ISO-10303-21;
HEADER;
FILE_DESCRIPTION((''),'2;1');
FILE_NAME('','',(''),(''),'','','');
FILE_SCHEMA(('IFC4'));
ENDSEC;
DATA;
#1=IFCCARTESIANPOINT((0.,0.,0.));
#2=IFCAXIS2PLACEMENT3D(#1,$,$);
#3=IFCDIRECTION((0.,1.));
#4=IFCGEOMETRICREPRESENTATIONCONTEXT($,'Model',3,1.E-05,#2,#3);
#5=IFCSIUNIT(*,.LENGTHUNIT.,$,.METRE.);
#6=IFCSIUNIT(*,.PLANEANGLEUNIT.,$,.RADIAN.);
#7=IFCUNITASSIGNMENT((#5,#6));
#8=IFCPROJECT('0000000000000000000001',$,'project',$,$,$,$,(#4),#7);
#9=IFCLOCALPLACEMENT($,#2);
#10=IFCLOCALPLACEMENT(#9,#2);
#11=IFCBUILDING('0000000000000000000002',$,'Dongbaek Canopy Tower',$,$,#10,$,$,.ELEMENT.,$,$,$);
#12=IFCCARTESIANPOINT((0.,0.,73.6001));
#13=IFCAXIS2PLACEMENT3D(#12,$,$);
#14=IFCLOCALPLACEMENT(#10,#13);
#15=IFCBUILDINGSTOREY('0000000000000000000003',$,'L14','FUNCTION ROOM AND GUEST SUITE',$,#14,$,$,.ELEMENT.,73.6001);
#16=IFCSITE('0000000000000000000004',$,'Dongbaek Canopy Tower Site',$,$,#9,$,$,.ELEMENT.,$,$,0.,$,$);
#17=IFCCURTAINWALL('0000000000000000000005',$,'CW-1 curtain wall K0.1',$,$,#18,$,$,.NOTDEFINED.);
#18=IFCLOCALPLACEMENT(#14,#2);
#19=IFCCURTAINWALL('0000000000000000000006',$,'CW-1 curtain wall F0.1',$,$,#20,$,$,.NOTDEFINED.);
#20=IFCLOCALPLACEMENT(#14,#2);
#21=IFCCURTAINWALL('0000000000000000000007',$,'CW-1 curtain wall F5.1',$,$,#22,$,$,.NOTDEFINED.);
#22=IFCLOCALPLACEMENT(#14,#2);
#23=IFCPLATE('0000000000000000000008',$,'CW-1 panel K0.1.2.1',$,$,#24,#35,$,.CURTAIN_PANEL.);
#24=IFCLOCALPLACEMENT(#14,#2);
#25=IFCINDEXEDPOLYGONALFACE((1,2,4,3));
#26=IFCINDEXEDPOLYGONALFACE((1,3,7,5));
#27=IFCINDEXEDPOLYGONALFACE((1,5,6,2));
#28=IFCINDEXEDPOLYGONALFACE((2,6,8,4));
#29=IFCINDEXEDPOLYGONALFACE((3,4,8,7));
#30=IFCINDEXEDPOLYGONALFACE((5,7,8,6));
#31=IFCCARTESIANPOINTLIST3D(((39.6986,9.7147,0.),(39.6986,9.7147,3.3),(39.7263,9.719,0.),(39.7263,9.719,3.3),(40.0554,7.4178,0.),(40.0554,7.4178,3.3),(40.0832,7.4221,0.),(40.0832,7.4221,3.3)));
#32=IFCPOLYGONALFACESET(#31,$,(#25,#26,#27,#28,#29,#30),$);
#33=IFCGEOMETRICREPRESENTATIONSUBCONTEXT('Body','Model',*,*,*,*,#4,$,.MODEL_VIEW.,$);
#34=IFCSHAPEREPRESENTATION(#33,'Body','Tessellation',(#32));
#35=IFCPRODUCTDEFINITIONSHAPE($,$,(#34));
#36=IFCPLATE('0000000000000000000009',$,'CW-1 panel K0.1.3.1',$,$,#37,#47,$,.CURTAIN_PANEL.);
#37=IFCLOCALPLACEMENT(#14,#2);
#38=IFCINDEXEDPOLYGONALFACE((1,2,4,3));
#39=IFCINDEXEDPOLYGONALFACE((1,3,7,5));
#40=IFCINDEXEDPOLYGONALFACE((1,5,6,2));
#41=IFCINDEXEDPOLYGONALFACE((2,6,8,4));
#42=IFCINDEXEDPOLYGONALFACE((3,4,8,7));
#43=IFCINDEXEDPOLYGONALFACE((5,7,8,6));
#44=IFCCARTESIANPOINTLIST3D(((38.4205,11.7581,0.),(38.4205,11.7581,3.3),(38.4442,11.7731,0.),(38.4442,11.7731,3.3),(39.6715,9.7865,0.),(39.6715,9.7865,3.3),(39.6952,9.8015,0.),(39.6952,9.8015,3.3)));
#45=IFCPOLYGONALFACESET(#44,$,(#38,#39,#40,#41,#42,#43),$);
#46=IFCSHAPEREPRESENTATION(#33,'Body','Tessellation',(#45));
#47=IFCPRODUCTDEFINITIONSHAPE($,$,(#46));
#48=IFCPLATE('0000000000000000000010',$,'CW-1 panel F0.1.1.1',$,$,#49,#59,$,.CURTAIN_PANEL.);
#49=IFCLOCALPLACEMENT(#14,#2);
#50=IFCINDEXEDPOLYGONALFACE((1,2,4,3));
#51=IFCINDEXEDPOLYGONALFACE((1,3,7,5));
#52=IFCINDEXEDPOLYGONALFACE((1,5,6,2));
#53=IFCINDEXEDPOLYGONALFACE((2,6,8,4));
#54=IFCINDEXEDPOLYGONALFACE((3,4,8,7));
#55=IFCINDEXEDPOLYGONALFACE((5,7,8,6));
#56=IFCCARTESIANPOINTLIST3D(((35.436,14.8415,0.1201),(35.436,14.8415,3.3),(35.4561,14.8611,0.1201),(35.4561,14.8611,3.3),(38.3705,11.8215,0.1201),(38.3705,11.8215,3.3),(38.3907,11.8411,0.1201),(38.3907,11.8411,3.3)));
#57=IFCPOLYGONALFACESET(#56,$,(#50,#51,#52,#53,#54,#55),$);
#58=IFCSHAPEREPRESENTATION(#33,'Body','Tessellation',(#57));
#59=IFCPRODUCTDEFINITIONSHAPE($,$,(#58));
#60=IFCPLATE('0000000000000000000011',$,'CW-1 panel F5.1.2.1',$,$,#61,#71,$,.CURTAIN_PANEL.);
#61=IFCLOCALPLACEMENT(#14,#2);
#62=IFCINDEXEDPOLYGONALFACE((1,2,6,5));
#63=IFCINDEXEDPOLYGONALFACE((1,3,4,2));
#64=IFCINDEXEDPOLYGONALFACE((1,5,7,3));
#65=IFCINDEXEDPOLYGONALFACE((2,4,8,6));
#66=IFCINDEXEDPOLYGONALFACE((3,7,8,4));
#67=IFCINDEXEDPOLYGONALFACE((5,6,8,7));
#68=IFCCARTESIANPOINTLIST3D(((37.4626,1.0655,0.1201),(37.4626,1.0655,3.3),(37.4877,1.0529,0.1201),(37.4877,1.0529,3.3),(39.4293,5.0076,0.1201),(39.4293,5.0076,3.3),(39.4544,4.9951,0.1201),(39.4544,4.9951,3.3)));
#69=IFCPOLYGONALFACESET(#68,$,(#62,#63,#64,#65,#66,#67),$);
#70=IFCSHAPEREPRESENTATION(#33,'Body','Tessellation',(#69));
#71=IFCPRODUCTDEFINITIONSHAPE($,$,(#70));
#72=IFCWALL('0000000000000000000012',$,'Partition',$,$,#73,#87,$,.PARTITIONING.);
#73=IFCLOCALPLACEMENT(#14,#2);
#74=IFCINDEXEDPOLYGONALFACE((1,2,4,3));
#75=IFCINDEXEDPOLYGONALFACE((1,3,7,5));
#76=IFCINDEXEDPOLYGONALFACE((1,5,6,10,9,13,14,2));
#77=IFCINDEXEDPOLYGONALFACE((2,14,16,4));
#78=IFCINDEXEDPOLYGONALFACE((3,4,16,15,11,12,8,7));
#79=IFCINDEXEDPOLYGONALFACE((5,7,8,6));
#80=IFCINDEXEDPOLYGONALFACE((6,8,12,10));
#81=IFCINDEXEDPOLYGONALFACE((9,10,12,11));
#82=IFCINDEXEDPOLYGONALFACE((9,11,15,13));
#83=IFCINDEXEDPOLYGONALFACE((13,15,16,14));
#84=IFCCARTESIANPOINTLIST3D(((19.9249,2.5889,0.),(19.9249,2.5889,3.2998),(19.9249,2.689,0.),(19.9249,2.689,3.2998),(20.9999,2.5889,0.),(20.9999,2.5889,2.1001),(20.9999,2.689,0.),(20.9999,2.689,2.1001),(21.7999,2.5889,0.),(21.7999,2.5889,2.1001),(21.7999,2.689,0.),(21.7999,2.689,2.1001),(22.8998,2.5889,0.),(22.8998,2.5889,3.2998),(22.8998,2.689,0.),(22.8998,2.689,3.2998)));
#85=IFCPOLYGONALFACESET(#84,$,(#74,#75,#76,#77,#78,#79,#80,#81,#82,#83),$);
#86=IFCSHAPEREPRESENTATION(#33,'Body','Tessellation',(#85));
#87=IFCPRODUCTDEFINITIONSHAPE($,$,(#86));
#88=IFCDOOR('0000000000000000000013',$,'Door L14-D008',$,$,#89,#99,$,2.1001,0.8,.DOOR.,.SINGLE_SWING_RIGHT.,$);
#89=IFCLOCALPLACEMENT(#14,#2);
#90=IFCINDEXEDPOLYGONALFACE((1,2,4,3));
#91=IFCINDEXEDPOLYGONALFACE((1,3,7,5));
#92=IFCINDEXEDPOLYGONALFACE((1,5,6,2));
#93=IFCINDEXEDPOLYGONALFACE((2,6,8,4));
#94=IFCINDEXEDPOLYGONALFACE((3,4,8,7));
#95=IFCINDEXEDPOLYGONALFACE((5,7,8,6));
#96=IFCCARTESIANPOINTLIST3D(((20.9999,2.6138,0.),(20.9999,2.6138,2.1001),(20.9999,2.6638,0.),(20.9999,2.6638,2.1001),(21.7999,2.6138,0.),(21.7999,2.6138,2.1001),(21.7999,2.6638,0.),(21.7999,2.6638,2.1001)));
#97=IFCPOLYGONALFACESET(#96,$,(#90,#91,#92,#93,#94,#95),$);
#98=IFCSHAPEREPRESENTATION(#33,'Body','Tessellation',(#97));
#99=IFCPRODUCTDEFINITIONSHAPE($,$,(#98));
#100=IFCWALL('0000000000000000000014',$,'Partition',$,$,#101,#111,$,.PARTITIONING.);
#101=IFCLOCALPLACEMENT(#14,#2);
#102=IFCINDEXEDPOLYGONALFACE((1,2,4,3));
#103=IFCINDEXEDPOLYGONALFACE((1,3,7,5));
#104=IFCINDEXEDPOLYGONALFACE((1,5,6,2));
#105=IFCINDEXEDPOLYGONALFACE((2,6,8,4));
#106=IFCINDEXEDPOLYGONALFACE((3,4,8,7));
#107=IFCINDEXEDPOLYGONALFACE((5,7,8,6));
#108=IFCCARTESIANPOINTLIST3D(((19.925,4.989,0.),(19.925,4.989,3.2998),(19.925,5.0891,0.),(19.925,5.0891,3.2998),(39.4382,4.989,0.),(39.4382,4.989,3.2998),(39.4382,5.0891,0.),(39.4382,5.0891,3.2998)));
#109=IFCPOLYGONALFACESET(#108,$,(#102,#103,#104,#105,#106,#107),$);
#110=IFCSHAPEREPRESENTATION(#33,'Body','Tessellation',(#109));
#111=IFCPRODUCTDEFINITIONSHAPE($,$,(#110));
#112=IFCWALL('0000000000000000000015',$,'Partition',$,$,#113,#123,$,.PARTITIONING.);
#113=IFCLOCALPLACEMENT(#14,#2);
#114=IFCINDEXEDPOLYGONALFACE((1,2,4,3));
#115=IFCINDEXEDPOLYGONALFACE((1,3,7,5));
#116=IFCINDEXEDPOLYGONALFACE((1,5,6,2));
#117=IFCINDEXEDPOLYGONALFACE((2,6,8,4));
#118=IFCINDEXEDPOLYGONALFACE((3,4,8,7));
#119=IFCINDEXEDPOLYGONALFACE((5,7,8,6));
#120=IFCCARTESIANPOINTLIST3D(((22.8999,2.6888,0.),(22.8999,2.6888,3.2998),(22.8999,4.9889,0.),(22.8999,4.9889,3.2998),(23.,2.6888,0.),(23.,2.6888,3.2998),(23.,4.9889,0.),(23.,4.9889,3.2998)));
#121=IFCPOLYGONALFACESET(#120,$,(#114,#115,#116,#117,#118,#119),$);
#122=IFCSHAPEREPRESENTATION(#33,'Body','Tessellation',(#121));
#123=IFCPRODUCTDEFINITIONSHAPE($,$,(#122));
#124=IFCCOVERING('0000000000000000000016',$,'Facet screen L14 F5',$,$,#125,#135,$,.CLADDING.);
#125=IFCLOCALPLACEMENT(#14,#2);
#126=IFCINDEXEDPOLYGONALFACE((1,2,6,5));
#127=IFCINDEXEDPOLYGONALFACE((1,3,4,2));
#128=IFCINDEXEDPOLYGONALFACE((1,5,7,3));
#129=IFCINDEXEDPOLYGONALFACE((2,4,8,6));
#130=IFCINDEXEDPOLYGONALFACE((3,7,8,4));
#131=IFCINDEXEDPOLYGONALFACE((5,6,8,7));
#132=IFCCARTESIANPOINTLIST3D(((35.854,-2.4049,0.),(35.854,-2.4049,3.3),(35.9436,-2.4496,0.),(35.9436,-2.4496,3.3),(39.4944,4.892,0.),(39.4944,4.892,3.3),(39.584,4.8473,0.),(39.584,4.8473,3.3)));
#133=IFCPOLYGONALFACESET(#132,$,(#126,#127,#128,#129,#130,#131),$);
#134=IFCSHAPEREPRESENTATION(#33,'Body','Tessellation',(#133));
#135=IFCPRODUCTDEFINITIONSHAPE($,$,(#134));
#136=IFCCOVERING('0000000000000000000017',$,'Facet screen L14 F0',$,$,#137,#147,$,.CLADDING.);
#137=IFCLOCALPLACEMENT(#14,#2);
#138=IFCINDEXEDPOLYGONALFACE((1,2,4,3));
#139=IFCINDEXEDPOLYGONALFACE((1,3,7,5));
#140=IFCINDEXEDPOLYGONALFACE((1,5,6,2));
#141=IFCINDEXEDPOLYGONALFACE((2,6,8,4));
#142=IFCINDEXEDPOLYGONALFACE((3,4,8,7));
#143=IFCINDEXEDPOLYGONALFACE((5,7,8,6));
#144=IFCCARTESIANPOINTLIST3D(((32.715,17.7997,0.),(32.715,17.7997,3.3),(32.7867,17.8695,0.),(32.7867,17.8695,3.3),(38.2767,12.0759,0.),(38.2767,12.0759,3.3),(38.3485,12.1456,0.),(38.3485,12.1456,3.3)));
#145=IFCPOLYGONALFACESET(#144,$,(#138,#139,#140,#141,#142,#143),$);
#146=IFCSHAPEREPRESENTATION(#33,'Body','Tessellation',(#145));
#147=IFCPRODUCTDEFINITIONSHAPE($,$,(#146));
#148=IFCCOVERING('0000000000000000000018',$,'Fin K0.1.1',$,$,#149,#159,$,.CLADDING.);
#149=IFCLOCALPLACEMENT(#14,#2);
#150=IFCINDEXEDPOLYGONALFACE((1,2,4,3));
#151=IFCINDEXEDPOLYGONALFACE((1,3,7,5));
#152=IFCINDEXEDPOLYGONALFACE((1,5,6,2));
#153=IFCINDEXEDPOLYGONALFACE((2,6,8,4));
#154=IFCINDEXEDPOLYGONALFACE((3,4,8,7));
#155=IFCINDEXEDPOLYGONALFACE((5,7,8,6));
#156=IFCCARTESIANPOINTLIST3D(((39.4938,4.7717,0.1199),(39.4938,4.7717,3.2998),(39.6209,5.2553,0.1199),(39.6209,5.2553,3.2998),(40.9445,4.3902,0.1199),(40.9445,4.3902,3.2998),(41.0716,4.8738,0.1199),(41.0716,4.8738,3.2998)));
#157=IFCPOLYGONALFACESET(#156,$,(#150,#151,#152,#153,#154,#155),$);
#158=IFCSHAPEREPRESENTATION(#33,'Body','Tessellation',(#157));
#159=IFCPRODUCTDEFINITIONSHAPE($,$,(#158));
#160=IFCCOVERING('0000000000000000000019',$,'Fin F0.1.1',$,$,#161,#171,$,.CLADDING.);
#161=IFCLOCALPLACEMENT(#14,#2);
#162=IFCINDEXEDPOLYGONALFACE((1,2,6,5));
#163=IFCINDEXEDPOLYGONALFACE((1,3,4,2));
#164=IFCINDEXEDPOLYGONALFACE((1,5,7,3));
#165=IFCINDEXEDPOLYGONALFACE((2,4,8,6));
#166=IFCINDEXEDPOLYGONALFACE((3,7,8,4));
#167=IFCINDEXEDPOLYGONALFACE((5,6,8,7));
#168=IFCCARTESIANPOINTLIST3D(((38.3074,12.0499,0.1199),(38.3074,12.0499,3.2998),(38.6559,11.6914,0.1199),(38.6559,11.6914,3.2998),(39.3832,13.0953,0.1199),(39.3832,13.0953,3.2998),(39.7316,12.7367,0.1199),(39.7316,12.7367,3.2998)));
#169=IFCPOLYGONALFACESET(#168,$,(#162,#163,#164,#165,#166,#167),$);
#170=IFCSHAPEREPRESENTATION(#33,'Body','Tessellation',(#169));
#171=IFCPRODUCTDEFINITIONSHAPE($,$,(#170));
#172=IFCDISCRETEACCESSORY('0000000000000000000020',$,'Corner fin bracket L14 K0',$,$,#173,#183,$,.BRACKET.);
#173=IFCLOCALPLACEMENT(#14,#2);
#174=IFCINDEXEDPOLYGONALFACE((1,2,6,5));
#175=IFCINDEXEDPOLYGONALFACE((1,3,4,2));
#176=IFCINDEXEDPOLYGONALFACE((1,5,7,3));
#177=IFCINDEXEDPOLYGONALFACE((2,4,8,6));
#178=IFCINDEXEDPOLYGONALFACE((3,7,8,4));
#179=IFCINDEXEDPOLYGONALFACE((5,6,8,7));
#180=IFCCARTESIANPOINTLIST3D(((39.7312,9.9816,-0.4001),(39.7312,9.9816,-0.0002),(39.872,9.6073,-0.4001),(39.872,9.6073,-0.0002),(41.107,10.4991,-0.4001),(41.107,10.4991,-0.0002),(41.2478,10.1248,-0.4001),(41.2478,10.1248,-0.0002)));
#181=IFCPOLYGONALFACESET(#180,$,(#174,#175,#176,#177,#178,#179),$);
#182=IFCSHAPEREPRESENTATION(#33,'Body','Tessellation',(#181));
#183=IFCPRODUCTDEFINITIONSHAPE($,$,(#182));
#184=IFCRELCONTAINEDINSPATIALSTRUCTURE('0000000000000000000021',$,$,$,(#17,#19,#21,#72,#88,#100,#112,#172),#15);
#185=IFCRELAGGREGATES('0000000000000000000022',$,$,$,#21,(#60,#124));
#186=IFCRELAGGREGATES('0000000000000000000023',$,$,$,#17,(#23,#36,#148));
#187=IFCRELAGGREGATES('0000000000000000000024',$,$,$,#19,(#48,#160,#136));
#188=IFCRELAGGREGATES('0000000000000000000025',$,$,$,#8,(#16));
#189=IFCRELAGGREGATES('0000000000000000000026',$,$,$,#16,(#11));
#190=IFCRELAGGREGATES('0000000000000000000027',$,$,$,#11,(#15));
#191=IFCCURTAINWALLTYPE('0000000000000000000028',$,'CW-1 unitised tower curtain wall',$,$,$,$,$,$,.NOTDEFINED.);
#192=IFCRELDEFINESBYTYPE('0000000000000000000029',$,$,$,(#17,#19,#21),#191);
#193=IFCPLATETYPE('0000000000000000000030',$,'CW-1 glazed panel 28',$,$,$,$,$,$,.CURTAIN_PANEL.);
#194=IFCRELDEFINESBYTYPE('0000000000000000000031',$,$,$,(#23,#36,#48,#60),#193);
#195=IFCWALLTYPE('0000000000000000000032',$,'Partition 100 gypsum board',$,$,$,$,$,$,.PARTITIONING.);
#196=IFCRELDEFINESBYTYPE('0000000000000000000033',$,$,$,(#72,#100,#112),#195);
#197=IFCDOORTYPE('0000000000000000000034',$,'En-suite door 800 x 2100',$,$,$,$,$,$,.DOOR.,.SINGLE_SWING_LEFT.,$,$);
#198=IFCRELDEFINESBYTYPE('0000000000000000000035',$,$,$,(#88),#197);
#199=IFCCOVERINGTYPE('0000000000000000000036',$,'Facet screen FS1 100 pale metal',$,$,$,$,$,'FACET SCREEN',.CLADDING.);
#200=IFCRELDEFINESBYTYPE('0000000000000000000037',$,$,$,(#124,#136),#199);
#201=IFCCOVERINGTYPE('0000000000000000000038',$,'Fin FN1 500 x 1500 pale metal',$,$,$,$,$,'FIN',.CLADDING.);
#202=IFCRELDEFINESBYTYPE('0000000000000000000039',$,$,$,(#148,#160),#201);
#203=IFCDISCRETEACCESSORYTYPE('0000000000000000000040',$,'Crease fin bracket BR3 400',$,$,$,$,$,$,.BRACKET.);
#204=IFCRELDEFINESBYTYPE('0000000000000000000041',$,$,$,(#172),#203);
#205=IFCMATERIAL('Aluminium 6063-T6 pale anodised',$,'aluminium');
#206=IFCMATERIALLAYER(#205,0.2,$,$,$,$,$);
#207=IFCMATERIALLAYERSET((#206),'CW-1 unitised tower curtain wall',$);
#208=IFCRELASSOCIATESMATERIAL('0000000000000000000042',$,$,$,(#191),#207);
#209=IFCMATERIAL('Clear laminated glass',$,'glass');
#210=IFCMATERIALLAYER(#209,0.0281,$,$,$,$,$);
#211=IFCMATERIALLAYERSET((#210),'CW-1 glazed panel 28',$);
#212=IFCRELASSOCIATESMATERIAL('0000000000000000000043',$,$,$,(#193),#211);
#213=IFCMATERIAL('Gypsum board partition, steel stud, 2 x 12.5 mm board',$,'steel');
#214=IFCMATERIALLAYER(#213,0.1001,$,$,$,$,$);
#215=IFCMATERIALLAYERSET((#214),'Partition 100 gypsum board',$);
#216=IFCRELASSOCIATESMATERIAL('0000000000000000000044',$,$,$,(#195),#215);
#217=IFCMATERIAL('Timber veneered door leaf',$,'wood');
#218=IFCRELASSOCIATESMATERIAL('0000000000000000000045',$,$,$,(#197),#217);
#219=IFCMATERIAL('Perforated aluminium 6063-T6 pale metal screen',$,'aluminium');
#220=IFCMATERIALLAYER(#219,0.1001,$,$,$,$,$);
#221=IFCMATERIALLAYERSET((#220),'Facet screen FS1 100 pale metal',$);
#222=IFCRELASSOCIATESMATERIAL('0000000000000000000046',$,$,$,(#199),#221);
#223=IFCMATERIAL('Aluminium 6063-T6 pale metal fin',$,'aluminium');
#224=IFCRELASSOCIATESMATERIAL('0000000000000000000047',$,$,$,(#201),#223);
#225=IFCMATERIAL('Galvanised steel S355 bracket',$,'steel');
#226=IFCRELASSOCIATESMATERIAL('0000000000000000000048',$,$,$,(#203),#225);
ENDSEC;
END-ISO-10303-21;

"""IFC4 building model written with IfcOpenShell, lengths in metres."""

from ifc_helpers import new_model, si_unit, direction, frame, frame_2d, origin, origin_2d, place, context, subcontext, project, spatial, rectangle, extrude, material, layer, layer_set, material_profile, profile_set, type_object, element, fill, aggregate, save


model = new_model("IFC4")

# Units and contexts
model_context = context("Model", 3, precision=1e-05, world=origin(), true_north=direction((0.0, 1.0)))
body_context = subcontext(model_context, "Body", "Model", "MODEL_VIEW")
ifc_project = project(units=[si_unit("LENGTHUNIT", "METRE"), si_unit("PLANEANGLEUNIT", "RADIAN")], contexts=[model_context])

# Site, building, storey
site_placement = place(None, origin())
site = spatial("IfcSite", under=ifc_project, at=site_placement, Name="Dongbaek Canopy Tower Site", CompositionType="ELEMENT", RefElevation=0.0)
building_placement = place(site_placement, origin())
building = spatial("IfcBuilding", under=site, at=building_placement, Name="Dongbaek Canopy Tower", CompositionType="ELEMENT")
storey_placement = place(building_placement, frame((0.0, 0.0, 73.6001)))
storey = spatial("IfcBuildingStorey", under=building, at=storey_placement, Name="L14", Description="FUNCTION ROOM AND GUEST SUITE", CompositionType="ELEMENT", Elevation=73.6001)

# Curtain wall
ifc_material_1 = material(Name="Aluminium 6063-T6 pale anodised", Category="aluminium")
ifc_layer_1 = layer(ifc_material_1, 0.2)
ifc_layer_set_1 = layer_set([ifc_layer_1], Name="CW-1 unitised tower curtain wall")
curtain_wall_type = type_object("IfcCurtainWallType", Name="CW-1 unitised tower curtain wall", PredefinedType="NOTDEFINED", material=ifc_layer_set_1)
curtain_wall_1_placement = place(storey_placement, origin())
curtain_wall_1 = element("IfcCurtainWall", 1, at=curtain_wall_1_placement, inside=storey, type_object=curtain_wall_type, Name="CW-1 curtain wall K0.1", PredefinedType="NOTDEFINED")

# Curtain walls
curtain_wall_2_placement = place(storey_placement, origin())
curtain_wall_2 = element("IfcCurtainWall", 2, at=curtain_wall_2_placement, inside=storey, type_object=curtain_wall_type, Name="CW-1 curtain wall F0.1", PredefinedType="NOTDEFINED")
curtain_wall_3_placement = place(storey_placement, origin())
curtain_wall_3 = element("IfcCurtainWall", 3, at=curtain_wall_3_placement, inside=storey, type_object=curtain_wall_type, Name="CW-1 curtain wall F5.1", PredefinedType="NOTDEFINED")

# Plates
ifc_material_2 = material(Name="Clear laminated glass", Category="glass")
ifc_layer_2 = layer(ifc_material_2, 0.0281)
ifc_layer_set_2 = layer_set([ifc_layer_2], Name="CW-1 glazed panel 28")
plate_type = type_object("IfcPlateType", Name="CW-1 glazed panel 28", PredefinedType="CURTAIN_PANEL", material=ifc_layer_set_2)
plate_1_placement = place(storey_placement, frame((39.8909, 8.5684, 0.0), z_axis=(0.0, 0.0, 1.0), x_axis=(-0.15353, 0.988144, 0.0)))
plate_1 = element("IfcPlate", 4, at=plate_1_placement, type_object=plate_type, Name="CW-1 panel K0.1.2.1", PredefinedType="CURTAIN_PANEL", context=body_context, shape_type="SweptSolid", body=[
    extrude(rectangle(XDim=2.3245, YDim=0.0281, at=origin_2d()), origin(), (0.0, 0.0, 1.0), 3.3),
])
plate_2_placement = place(storey_placement, frame((39.0579, 10.7798, 0.0), z_axis=(0.0, 0.0, 1.0), x_axis=(-0.535759, 0.844371, 0.0)))
plate_2 = element("IfcPlate", 5, at=plate_2_placement, type_object=plate_type, Name="CW-1 panel K0.1.3.1", PredefinedType="CURTAIN_PANEL", context=body_context, shape_type="SweptSolid", body=[
    extrude(rectangle(XDim=2.335, YDim=0.0281, at=origin_2d()), origin(), (0.0, 0.0, 1.0), 3.3),
])
plate_3_placement = place(storey_placement, frame((36.9133, 13.3413, 0.1201), z_axis=(0.0, 0.0, 1.0), x_axis=(-0.696882, 0.717186, 0.0)))
plate_3 = element("IfcPlate", 6, at=plate_3_placement, type_object=plate_type, Name="CW-1 panel F0.1.1.1", PredefinedType="CURTAIN_PANEL", context=body_context, shape_type="SweptSolid", body=[
    extrude(rectangle(XDim=4.2109, YDim=0.0281, at=origin_2d()), origin(), (0.0, 0.0, 1.0), 3.1799),
])
plate_4_placement = place(storey_placement, frame((38.4585, 3.0303, 0.1201), z_axis=(0.0, 0.0, 1.0), x_axis=(0.44642, 0.894823, 0.0)))
plate_4 = element("IfcPlate", 7, at=plate_4_placement, type_object=plate_type, Name="CW-1 panel F5.1.2.1", PredefinedType="CURTAIN_PANEL", context=body_context, shape_type="SweptSolid", body=[
    extrude(rectangle(XDim=4.4055, YDim=0.0281, at=origin_2d()), origin(), (0.0, 0.0, 1.0), 3.1799),
])

# Wall, opening, door
ifc_material_3 = material(Name="Gypsum board partition, steel stud, 2 x 12.5 mm board", Category="steel")
ifc_layer_3 = layer(ifc_material_3, 0.1001)
ifc_layer_set_3 = layer_set([ifc_layer_3], Name="Partition 100 gypsum board")
wall_type = type_object("IfcWallType", Name="Partition 100 gypsum board", PredefinedType="PARTITIONING", material=ifc_layer_set_3)
wall_1_placement = place(storey_placement, frame((19.925, 2.6389, 0.0), z_axis=(0.0, 0.0, 1.0), x_axis=(1.0, 0.0, 0.0)))
wall_1 = element("IfcWall", 8, at=wall_1_placement, inside=storey, type_object=wall_type, Name="Partition", PredefinedType="PARTITIONING", context=body_context, shape_type="SweptSolid", body=[
    extrude(rectangle(XDim=2.9749, YDim=0.1001, at=frame_2d((1.4873, 0.0))), origin(), (0.0, 0.0, 1.0), 3.2998),
])
opening_placement = place(wall_1_placement, frame((1.075, 0.0, 0.0)))
opening = element("IfcOpeningElement", 9, at=opening_placement, cuts=wall_1, PredefinedType="OPENING", context=body_context, shape_type="SweptSolid", body=[
    extrude(rectangle(XDim=0.8, YDim=2.1001, at=frame_2d((0.3999, 1.05))), frame((0.0, 0.0601, 0.0), z_axis=(0.0, -1.0, 0.0), x_axis=(1.0, 0.0, 0.0)), (0.0, 0.0, 1.0), 0.1201),
])
ifc_material_4 = material(Name="Timber veneered door leaf", Category="wood")
door_type = type_object("IfcDoorType", Name="En-suite door 800 x 2100", OperationType="SINGLE_SWING_LEFT", PredefinedType="DOOR", material=ifc_material_4)
door_placement = place(opening_placement, origin())
door = element("IfcDoor", 10, at=door_placement, inside=storey, type_object=door_type, Name="Door L14-D008", OperationType="SINGLE_SWING_RIGHT", OverallHeight=2.1001, OverallWidth=0.8, PredefinedType="DOOR", context=body_context, shape_type="SweptSolid", body=[
    extrude(rectangle(XDim=0.8, YDim=2.1001, at=frame_2d((0.3999, 1.05))), frame((0.0, 0.0249, 0.0), z_axis=(0.0, -1.0, 0.0), x_axis=(1.0, 0.0, 0.0)), (0.0, 0.0, 1.0), 0.05),
])
fill(opening, door)

# Walls
wall_2_placement = place(storey_placement, frame((19.925, 5.0391, 0.0), z_axis=(0.0, 0.0, 1.0), x_axis=(1.0, 0.0, 0.0)))
element("IfcWall", 11, at=wall_2_placement, inside=storey, type_object=wall_type, Name="Partition", PredefinedType="PARTITIONING", context=body_context, shape_type="SweptSolid", body=[
    extrude(rectangle(XDim=19.5132, YDim=0.1001, at=frame_2d((9.7566, 0.0))), origin(), (0.0, 0.0, 1.0), 3.2998),
])
wall_3_placement = place(storey_placement, frame((22.95, 2.689, 0.0), z_axis=(0.0, 0.0, 1.0), x_axis=(0.0, 1.0, 0.0)))
element("IfcWall", 12, at=wall_3_placement, inside=storey, type_object=wall_type, Name="Partition", PredefinedType="PARTITIONING", context=body_context, shape_type="SweptSolid", body=[
    extrude(rectangle(XDim=2.3, YDim=0.1001, at=frame_2d((1.1499, 0.0))), origin(), (0.0, 0.0, 1.0), 3.2998),
])

# Coverings
ifc_material_5 = material(Name="Perforated aluminium 6063-T6 pale metal screen", Category="aluminium")
ifc_layer_4 = layer(ifc_material_5, 0.1001)
ifc_layer_set_4 = layer_set([ifc_layer_4], Name="Facet screen FS1 100 pale metal")
covering_type_1 = type_object("IfcCoveringType", Name="Facet screen FS1 100 pale metal", ElementType="FACET SCREEN", PredefinedType="CLADDING", material=ifc_layer_set_4)
covering_1_placement = place(storey_placement, frame((37.719, 1.2212, 0.0), z_axis=(0.0, 0.0, 1.0), x_axis=(0.446421, 0.894823, 0.0)))
covering_1 = element("IfcCovering", 13, at=covering_1_placement, type_object=covering_type_1, Name="Facet screen L14 F5", PredefinedType="CLADDING", context=body_context, shape_type="SweptSolid", body=[
    extrude(rectangle(XDim=8.1545, YDim=0.1001, at=origin_2d()), origin(), (0.0, 0.0, 1.0), 3.3),
])
aggregate(curtain_wall_3, [plate_4, covering_1])
covering_2_placement = place(storey_placement, frame((35.5317, 14.9727, 0.0), z_axis=(0.0, 0.0, 1.0), x_axis=(-0.696881, 0.717187, 0.0)))
covering_2 = element("IfcCovering", 14, at=covering_2_placement, type_object=covering_type_1, Name="Facet screen L14 F0", PredefinedType="CLADDING", context=body_context, shape_type="SweptSolid", body=[
    extrude(rectangle(XDim=7.981, YDim=0.1001, at=origin_2d()), origin(), (0.0, 0.0, 1.0), 3.3),
])
ifc_material_6 = material(Name="Aluminium 6063-T6 pale metal fin", Category="aluminium")
ifc_material_profile_1 = material_profile(ifc_material_6, rectangle(XDim=1.5, YDim=0.5, at=origin_2d()), Name="Fin FN1 500 x 1500 pale metal")
ifc_profile_set_1 = profile_set([ifc_material_profile_1], Name="Aluminium 6063-T6 pale metal fin")
covering_type_2 = type_object("IfcCoveringType", Name="Fin FN1 500 x 1500 pale metal", ElementType="FIN", PredefinedType="CLADDING", material=ifc_profile_set_1)
covering_3_placement = place(storey_placement, frame((40.2827, 4.8228, 0.1199), z_axis=(0.0, 0.0, 1.0), x_axis=(0.967124, -0.254304, 0.0)))
covering_3 = element("IfcCovering", 15, at=covering_3_placement, type_object=covering_type_2, Name="Fin K0.1.1", PredefinedType="CLADDING", context=body_context, shape_type="SweptSolid", body=[
    extrude(rectangle(XDim=1.5, YDim=0.5, at=origin_2d()), origin(), (0.0, 0.0, 1.0), 3.1799),
])
aggregate(curtain_wall_1, [plate_1, plate_2, covering_3])
covering_4_placement = place(storey_placement, frame((39.0195, 12.3933, 0.1199), z_axis=(0.0, 0.0, 1.0), x_axis=(0.717186, 0.696882, 0.0)))
covering_4 = element("IfcCovering", 16, at=covering_4_placement, type_object=covering_type_2, Name="Fin F0.1.1", PredefinedType="CLADDING", context=body_context, shape_type="SweptSolid", body=[
    extrude(rectangle(XDim=1.5, YDim=0.5, at=origin_2d()), origin(), (0.0, 0.0, 1.0), 3.1799),
])
aggregate(curtain_wall_2, [plate_3, covering_4, covering_2])

# Discrete accessory
ifc_material_7 = material(Name="Galvanised steel S355 bracket", Category="steel")
discrete_accessory_type = type_object("IfcDiscreteAccessoryType", Name="Crease fin bracket BR3 400", PredefinedType="BRACKET", material=ifc_material_7)
discrete_accessory_placement = place(storey_placement, frame((40.4895, 10.0532, -0.4001), z_axis=(0.0, 0.0, 1.0), x_axis=(0.935977, 0.352062, 0.0)))
element("IfcDiscreteAccessory", 17, at=discrete_accessory_placement, inside=storey, type_object=discrete_accessory_type, Name="Corner fin bracket L14 K0", PredefinedType="BRACKET", context=body_context, shape_type="SweptSolid", body=[
    extrude(rectangle(XDim=1.47, YDim=0.3999, at=origin_2d()), origin(), (0.0, 0.0, 1.0), 0.3999),
])

save(model, "model.ifc")
